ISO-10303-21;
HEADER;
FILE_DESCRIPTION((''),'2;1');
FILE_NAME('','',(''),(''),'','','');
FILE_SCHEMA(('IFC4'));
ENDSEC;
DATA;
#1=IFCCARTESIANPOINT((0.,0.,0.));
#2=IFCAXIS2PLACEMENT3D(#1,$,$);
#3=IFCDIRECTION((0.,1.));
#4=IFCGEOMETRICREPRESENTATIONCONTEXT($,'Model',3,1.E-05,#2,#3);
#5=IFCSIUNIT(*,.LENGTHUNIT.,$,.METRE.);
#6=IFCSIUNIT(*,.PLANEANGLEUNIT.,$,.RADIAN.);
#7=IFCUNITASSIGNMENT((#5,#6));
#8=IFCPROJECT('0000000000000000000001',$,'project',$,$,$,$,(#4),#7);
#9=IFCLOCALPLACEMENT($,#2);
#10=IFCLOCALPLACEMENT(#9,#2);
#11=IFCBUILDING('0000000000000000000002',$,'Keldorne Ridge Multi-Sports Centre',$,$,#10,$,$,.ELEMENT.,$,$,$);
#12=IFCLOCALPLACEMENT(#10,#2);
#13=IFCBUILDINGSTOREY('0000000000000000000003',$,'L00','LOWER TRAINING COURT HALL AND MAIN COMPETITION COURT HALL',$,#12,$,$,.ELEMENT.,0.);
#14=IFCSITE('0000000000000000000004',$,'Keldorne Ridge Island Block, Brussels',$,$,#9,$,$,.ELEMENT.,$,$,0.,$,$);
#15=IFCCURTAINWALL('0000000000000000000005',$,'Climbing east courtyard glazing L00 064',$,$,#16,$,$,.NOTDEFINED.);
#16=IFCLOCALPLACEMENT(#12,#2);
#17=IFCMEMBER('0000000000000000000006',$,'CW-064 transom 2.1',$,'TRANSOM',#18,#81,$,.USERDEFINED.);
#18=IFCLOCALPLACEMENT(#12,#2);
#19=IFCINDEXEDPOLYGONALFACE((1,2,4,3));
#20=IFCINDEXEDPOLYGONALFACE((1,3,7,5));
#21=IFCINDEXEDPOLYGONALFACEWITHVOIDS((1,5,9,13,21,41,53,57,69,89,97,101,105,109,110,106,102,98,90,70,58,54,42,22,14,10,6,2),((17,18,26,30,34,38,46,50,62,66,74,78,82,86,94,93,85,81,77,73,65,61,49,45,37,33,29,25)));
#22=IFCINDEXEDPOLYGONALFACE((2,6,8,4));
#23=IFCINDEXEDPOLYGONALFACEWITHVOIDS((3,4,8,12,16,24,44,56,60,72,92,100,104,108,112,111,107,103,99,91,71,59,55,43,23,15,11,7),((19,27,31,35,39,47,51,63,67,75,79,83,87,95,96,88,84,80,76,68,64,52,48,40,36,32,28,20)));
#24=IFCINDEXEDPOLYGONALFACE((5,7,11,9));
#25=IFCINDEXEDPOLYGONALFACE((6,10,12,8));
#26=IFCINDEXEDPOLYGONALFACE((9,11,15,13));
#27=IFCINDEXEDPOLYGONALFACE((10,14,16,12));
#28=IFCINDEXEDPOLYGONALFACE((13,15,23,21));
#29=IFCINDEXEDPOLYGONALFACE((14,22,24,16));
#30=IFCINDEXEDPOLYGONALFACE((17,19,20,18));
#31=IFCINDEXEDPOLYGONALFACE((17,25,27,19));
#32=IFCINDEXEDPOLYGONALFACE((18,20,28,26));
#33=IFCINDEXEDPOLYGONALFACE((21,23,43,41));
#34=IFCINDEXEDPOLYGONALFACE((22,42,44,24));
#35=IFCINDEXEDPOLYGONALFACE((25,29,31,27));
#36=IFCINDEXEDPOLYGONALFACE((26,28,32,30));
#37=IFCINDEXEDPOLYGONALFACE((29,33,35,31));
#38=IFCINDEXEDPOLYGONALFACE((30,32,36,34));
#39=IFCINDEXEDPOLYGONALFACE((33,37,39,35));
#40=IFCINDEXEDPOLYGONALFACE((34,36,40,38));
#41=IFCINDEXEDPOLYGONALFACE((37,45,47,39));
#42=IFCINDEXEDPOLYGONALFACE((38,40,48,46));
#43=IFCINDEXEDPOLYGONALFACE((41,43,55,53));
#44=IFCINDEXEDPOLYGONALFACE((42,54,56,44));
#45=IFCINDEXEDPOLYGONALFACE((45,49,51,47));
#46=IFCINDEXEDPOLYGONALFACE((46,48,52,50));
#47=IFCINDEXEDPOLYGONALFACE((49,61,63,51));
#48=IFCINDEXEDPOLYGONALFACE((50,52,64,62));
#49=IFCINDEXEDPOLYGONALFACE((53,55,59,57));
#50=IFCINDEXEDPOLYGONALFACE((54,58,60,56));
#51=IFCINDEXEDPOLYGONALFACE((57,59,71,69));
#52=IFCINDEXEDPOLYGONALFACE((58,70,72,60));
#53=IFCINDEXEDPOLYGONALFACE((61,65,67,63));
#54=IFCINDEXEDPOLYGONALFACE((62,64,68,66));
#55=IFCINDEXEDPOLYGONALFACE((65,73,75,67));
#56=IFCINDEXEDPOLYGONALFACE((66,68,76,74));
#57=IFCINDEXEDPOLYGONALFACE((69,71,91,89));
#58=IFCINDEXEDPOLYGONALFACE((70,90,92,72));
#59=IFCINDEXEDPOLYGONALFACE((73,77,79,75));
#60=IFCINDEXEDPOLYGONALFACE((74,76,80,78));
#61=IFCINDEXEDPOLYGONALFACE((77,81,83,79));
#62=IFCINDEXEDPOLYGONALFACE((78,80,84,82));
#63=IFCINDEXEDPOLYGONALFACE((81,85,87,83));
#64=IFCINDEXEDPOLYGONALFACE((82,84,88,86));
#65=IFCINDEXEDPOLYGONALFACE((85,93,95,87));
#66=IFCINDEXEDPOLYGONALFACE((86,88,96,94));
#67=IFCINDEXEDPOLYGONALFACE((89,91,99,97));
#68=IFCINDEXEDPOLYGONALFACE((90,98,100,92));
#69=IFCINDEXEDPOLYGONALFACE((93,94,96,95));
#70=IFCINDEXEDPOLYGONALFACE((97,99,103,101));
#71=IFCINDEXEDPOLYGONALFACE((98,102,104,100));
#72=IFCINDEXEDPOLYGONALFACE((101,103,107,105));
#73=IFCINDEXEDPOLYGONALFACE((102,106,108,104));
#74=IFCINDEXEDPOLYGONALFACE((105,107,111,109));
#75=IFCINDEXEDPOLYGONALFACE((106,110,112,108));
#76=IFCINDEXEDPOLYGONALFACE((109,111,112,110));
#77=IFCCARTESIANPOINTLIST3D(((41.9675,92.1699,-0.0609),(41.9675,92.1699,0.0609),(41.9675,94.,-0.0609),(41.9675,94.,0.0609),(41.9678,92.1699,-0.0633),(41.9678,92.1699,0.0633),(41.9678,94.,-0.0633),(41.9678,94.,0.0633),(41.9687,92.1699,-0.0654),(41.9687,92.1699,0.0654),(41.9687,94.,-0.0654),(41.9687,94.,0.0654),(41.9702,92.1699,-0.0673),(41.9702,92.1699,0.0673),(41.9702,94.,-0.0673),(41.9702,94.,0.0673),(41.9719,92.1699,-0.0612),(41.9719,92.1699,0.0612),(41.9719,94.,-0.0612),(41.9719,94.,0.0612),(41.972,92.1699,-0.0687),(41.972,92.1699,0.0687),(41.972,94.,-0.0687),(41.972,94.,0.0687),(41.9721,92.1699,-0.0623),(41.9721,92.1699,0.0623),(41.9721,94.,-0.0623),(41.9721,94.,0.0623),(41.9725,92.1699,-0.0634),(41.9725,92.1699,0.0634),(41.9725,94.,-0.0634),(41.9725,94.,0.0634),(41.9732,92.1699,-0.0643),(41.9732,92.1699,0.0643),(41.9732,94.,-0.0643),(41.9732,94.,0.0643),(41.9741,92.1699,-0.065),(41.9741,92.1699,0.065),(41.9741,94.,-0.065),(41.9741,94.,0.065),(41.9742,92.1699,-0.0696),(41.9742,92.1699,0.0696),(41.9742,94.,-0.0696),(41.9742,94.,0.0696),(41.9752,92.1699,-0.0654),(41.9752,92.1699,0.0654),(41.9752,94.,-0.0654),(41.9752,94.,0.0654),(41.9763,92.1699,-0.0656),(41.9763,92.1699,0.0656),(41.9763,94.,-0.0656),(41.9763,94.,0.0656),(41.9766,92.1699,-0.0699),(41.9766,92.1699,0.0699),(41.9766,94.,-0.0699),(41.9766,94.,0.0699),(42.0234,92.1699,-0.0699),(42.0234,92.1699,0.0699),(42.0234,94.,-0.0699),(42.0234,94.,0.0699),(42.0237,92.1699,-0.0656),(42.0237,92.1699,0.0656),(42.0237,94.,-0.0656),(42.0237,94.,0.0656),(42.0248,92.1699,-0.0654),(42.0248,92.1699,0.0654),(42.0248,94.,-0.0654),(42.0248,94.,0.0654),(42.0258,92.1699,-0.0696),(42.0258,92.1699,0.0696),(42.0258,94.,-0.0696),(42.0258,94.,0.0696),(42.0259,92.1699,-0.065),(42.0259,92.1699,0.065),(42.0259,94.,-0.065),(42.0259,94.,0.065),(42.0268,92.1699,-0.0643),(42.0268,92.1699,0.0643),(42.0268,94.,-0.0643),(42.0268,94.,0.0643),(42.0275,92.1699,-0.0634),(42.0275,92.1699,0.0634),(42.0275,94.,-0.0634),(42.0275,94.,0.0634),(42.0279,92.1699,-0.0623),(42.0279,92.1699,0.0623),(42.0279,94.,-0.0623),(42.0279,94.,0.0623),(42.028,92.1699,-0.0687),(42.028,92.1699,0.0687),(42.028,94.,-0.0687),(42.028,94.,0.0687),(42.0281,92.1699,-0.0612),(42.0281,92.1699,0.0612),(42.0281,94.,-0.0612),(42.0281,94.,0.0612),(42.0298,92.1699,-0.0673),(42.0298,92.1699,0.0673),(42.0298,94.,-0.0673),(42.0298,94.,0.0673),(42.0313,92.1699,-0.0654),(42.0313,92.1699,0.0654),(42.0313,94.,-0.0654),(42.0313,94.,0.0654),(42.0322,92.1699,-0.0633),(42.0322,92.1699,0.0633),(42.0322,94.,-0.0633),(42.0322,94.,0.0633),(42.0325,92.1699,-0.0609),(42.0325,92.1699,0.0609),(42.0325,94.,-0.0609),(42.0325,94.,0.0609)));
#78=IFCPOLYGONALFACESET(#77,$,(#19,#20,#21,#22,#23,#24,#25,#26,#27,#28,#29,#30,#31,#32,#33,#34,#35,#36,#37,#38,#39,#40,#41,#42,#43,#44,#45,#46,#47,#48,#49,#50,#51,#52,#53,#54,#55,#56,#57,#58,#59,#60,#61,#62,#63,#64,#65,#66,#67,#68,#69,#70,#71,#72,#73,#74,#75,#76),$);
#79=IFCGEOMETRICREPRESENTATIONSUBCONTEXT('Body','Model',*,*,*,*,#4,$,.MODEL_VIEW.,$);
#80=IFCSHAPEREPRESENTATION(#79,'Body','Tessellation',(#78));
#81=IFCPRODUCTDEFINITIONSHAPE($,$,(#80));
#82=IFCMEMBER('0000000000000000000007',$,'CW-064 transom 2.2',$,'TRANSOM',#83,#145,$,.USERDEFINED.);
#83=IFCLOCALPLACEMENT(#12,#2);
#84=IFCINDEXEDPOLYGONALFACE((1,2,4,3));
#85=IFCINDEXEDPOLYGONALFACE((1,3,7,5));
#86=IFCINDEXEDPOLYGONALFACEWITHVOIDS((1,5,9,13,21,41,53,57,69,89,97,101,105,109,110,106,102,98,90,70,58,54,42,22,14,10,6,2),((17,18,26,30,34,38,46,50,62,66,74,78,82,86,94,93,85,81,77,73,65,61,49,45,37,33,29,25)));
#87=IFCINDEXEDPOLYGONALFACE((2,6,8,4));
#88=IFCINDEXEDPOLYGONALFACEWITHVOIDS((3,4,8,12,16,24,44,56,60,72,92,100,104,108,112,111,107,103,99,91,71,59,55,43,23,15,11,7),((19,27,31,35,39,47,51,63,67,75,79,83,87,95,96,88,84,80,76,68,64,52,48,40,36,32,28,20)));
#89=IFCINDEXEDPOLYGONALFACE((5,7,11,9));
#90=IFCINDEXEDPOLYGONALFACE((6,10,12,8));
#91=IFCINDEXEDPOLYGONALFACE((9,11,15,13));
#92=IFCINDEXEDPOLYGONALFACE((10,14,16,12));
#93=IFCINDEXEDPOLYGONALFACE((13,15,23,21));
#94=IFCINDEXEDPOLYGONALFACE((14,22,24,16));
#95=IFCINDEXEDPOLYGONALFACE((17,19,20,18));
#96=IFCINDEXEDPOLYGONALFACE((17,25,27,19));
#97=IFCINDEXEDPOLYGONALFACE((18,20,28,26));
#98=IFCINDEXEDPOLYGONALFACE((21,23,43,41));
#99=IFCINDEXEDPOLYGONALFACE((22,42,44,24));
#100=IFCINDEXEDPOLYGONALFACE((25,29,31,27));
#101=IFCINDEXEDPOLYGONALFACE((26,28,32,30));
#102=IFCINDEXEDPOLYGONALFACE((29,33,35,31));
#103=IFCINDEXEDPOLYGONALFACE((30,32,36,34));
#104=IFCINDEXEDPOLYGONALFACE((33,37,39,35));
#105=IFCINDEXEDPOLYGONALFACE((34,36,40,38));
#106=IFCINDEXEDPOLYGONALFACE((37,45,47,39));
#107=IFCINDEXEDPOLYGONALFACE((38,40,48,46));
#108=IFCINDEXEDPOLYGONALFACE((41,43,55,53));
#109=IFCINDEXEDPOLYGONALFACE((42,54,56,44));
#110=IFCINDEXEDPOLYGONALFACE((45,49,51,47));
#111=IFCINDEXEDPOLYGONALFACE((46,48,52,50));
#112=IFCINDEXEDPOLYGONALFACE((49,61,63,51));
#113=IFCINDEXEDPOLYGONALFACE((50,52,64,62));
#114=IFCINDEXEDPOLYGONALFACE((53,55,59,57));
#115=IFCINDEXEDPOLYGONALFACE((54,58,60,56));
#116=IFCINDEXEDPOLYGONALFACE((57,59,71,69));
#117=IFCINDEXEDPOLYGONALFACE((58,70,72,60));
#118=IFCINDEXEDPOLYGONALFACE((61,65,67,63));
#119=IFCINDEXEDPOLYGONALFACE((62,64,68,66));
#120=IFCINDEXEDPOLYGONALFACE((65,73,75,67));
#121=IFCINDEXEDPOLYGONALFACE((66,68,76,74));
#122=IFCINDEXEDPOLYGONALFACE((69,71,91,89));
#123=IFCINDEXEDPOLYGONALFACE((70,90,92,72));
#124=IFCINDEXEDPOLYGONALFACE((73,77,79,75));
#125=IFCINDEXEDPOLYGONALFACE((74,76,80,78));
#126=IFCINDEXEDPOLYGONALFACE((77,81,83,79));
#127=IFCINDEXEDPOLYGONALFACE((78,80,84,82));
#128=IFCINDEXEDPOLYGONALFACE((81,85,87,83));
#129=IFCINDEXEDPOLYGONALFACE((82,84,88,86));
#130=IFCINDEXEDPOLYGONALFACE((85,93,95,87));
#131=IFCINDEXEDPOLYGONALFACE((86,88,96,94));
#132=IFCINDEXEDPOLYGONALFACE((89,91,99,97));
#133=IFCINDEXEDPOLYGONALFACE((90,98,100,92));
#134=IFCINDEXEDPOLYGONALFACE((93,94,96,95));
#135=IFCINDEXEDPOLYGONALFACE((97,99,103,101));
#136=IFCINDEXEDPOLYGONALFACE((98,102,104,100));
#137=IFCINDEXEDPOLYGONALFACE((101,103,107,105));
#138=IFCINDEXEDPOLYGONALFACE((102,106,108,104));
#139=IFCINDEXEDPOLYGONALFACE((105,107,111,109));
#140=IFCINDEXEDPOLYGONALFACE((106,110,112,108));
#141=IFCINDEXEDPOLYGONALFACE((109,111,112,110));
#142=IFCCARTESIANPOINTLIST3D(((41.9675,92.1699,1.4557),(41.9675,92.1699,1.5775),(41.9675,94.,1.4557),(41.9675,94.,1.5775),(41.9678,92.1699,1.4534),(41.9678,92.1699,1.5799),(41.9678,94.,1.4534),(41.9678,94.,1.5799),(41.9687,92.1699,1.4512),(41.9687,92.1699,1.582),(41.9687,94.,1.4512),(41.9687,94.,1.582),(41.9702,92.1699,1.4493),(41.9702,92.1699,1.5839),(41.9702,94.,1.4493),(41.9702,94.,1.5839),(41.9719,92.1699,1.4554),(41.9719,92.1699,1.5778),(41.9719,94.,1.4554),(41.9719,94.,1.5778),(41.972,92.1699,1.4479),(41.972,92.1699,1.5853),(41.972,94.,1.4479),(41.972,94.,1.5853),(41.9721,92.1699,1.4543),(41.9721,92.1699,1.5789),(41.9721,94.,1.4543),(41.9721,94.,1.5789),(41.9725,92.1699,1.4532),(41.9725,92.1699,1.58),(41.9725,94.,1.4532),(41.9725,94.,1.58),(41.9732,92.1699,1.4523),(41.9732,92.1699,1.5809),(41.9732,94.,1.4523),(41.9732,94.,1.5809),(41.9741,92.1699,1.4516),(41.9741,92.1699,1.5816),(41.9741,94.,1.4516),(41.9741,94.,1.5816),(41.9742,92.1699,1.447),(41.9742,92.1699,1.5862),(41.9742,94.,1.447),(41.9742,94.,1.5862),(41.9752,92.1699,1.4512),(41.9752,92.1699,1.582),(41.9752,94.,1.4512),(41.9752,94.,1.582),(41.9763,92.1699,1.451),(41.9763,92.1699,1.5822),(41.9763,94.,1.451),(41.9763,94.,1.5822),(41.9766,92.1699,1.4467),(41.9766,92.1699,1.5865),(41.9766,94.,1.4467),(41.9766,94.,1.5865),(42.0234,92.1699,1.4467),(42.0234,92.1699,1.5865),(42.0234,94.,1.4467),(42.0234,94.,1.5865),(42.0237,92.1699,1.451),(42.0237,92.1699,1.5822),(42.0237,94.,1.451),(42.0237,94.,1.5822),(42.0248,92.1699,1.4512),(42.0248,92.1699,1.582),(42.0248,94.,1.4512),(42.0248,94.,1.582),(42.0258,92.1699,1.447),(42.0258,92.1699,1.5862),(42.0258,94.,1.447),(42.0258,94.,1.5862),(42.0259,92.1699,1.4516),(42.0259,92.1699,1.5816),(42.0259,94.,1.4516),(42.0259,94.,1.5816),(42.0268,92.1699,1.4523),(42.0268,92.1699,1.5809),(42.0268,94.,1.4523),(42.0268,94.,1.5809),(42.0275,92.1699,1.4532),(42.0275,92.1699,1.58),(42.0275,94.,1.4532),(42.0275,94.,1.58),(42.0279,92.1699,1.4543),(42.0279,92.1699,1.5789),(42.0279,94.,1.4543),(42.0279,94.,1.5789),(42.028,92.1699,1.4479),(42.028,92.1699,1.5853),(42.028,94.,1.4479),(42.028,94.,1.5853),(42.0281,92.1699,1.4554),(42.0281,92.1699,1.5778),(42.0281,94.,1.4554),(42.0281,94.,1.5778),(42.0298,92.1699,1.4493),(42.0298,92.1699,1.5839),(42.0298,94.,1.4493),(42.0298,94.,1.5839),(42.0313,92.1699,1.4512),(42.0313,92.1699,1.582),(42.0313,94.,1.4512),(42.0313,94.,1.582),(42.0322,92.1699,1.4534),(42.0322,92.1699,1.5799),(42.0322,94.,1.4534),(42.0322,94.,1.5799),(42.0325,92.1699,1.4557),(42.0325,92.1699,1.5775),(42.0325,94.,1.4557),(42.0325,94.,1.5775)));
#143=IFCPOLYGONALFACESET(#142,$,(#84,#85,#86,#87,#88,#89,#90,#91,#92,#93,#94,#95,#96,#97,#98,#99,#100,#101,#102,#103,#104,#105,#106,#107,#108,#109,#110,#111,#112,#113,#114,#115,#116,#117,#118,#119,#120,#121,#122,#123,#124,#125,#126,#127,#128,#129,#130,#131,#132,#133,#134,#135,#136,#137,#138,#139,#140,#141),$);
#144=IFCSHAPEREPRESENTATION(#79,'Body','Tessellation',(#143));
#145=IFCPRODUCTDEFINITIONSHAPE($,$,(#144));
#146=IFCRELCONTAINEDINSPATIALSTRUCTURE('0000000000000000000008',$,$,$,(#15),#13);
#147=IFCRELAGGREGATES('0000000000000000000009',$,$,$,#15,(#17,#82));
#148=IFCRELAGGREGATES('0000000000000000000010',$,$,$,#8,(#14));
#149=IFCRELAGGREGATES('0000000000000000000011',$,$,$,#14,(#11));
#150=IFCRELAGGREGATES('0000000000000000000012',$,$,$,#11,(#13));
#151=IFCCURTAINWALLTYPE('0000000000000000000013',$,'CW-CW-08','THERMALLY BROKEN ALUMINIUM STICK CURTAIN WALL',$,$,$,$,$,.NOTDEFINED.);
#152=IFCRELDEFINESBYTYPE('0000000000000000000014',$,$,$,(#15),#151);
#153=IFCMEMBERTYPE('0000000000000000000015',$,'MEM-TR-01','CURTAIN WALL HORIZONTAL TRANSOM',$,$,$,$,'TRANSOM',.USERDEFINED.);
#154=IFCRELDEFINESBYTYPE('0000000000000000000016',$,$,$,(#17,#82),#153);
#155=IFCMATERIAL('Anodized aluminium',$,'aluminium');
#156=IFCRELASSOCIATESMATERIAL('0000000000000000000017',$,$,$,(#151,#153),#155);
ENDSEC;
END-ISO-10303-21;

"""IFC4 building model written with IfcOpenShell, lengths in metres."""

from ifc_helpers import new_model, si_unit, direction, frame, origin, origin_2d, place, context, subcontext, project, spatial, hollow_rectangle, extrude, material, material_profile, profile_set, type_object, element, aggregate, save


model = new_model("IFC4")

# Units and contexts
model_context = context("Model", 3, precision=1e-05, world=origin(), true_north=direction((0.0, 1.0)))
body_context = subcontext(model_context, "Body", "Model", "MODEL_VIEW")
ifc_project = project(units=[si_unit("LENGTHUNIT", "METRE"), si_unit("PLANEANGLEUNIT", "RADIAN")], contexts=[model_context])

# Site, building, storey
site_placement = place(None, origin())
site = spatial("IfcSite", under=ifc_project, at=site_placement, Name="Keldorne Ridge Island Block, Brussels", CompositionType="ELEMENT", RefElevation=0.0)
building_placement = place(site_placement, origin())
building = spatial("IfcBuilding", under=site, at=building_placement, Name="Keldorne Ridge Multi-Sports Centre", CompositionType="ELEMENT")
storey_placement = place(building_placement, origin())
storey = spatial("IfcBuildingStorey", under=building, at=storey_placement, Name="L00", Description="LOWER TRAINING COURT HALL AND MAIN COMPETITION COURT HALL", CompositionType="ELEMENT", Elevation=0.0)

# Shared definitions
ifc_material_1 = material(Name="Anodized aluminium", Category="aluminium")

# Curtain wall, members
curtain_wall_type_1 = type_object("IfcCurtainWallType", Name="CW-CW-08", Description="THERMALLY BROKEN ALUMINIUM STICK CURTAIN WALL", PredefinedType="NOTDEFINED", material=ifc_material_1)
curtain_wall_1_placement = place(storey_placement, origin())
curtain_wall_1 = element("IfcCurtainWall", 1, at=curtain_wall_1_placement, inside=storey, type_object=curtain_wall_type_1, Name="Climbing east courtyard glazing L00 064", PredefinedType="NOTDEFINED")
ifc_material_profile_1 = material_profile(ifc_material_1, hollow_rectangle(XDim=0.0649, YDim=0.1399, WallThickness=0.0044, InnerFilletRadius=0.0044, OuterFilletRadius=0.009, at=origin_2d()), Name="ALU TRANSOM 140x65x4.5")
ifc_profile_set_1 = profile_set([ifc_material_profile_1], Name="Anodized aluminium")
member_type_1 = type_object("IfcMemberType", Name="MEM-TR-01", Description="CURTAIN WALL HORIZONTAL TRANSOM", ElementType="TRANSOM", PredefinedType="USERDEFINED", material=ifc_profile_set_1)
member_1_placement = place(storey_placement, frame((42.0, 92.1699, 0.0), z_axis=(0.0, 1.0, 0.0), x_axis=(-1.0, 0.0, 0.0)))
member_1 = element("IfcMember", 2, at=member_1_placement, type_object=member_type_1, Name="CW-064 transom 2.1", ObjectType="TRANSOM", PredefinedType="USERDEFINED", context=body_context, shape_type="SweptSolid", body=[
    extrude(hollow_rectangle(XDim=0.0649, YDim=0.1399, WallThickness=0.0044, InnerFilletRadius=0.0044, OuterFilletRadius=0.009, at=origin_2d()), origin(), (0.0, 0.0, 1.0), 1.8301),
])
member_2_placement = place(storey_placement, frame((42.0, 92.1699, 1.5166), z_axis=(0.0, 1.0, 0.0), x_axis=(-1.0, 0.0, 0.0)))
member_2 = element("IfcMember", 3, at=member_2_placement, type_object=member_type_1, Name="CW-064 transom 2.2", ObjectType="TRANSOM", PredefinedType="USERDEFINED", context=body_context, shape_type="SweptSolid", body=[
    extrude(hollow_rectangle(XDim=0.0649, YDim=0.1399, WallThickness=0.0044, InnerFilletRadius=0.0044, OuterFilletRadius=0.009, at=origin_2d()), origin(), (0.0, 0.0, 1.0), 1.8301),
])
aggregate(curtain_wall_1, [member_1, member_2])

save(model, "model.ifc")
